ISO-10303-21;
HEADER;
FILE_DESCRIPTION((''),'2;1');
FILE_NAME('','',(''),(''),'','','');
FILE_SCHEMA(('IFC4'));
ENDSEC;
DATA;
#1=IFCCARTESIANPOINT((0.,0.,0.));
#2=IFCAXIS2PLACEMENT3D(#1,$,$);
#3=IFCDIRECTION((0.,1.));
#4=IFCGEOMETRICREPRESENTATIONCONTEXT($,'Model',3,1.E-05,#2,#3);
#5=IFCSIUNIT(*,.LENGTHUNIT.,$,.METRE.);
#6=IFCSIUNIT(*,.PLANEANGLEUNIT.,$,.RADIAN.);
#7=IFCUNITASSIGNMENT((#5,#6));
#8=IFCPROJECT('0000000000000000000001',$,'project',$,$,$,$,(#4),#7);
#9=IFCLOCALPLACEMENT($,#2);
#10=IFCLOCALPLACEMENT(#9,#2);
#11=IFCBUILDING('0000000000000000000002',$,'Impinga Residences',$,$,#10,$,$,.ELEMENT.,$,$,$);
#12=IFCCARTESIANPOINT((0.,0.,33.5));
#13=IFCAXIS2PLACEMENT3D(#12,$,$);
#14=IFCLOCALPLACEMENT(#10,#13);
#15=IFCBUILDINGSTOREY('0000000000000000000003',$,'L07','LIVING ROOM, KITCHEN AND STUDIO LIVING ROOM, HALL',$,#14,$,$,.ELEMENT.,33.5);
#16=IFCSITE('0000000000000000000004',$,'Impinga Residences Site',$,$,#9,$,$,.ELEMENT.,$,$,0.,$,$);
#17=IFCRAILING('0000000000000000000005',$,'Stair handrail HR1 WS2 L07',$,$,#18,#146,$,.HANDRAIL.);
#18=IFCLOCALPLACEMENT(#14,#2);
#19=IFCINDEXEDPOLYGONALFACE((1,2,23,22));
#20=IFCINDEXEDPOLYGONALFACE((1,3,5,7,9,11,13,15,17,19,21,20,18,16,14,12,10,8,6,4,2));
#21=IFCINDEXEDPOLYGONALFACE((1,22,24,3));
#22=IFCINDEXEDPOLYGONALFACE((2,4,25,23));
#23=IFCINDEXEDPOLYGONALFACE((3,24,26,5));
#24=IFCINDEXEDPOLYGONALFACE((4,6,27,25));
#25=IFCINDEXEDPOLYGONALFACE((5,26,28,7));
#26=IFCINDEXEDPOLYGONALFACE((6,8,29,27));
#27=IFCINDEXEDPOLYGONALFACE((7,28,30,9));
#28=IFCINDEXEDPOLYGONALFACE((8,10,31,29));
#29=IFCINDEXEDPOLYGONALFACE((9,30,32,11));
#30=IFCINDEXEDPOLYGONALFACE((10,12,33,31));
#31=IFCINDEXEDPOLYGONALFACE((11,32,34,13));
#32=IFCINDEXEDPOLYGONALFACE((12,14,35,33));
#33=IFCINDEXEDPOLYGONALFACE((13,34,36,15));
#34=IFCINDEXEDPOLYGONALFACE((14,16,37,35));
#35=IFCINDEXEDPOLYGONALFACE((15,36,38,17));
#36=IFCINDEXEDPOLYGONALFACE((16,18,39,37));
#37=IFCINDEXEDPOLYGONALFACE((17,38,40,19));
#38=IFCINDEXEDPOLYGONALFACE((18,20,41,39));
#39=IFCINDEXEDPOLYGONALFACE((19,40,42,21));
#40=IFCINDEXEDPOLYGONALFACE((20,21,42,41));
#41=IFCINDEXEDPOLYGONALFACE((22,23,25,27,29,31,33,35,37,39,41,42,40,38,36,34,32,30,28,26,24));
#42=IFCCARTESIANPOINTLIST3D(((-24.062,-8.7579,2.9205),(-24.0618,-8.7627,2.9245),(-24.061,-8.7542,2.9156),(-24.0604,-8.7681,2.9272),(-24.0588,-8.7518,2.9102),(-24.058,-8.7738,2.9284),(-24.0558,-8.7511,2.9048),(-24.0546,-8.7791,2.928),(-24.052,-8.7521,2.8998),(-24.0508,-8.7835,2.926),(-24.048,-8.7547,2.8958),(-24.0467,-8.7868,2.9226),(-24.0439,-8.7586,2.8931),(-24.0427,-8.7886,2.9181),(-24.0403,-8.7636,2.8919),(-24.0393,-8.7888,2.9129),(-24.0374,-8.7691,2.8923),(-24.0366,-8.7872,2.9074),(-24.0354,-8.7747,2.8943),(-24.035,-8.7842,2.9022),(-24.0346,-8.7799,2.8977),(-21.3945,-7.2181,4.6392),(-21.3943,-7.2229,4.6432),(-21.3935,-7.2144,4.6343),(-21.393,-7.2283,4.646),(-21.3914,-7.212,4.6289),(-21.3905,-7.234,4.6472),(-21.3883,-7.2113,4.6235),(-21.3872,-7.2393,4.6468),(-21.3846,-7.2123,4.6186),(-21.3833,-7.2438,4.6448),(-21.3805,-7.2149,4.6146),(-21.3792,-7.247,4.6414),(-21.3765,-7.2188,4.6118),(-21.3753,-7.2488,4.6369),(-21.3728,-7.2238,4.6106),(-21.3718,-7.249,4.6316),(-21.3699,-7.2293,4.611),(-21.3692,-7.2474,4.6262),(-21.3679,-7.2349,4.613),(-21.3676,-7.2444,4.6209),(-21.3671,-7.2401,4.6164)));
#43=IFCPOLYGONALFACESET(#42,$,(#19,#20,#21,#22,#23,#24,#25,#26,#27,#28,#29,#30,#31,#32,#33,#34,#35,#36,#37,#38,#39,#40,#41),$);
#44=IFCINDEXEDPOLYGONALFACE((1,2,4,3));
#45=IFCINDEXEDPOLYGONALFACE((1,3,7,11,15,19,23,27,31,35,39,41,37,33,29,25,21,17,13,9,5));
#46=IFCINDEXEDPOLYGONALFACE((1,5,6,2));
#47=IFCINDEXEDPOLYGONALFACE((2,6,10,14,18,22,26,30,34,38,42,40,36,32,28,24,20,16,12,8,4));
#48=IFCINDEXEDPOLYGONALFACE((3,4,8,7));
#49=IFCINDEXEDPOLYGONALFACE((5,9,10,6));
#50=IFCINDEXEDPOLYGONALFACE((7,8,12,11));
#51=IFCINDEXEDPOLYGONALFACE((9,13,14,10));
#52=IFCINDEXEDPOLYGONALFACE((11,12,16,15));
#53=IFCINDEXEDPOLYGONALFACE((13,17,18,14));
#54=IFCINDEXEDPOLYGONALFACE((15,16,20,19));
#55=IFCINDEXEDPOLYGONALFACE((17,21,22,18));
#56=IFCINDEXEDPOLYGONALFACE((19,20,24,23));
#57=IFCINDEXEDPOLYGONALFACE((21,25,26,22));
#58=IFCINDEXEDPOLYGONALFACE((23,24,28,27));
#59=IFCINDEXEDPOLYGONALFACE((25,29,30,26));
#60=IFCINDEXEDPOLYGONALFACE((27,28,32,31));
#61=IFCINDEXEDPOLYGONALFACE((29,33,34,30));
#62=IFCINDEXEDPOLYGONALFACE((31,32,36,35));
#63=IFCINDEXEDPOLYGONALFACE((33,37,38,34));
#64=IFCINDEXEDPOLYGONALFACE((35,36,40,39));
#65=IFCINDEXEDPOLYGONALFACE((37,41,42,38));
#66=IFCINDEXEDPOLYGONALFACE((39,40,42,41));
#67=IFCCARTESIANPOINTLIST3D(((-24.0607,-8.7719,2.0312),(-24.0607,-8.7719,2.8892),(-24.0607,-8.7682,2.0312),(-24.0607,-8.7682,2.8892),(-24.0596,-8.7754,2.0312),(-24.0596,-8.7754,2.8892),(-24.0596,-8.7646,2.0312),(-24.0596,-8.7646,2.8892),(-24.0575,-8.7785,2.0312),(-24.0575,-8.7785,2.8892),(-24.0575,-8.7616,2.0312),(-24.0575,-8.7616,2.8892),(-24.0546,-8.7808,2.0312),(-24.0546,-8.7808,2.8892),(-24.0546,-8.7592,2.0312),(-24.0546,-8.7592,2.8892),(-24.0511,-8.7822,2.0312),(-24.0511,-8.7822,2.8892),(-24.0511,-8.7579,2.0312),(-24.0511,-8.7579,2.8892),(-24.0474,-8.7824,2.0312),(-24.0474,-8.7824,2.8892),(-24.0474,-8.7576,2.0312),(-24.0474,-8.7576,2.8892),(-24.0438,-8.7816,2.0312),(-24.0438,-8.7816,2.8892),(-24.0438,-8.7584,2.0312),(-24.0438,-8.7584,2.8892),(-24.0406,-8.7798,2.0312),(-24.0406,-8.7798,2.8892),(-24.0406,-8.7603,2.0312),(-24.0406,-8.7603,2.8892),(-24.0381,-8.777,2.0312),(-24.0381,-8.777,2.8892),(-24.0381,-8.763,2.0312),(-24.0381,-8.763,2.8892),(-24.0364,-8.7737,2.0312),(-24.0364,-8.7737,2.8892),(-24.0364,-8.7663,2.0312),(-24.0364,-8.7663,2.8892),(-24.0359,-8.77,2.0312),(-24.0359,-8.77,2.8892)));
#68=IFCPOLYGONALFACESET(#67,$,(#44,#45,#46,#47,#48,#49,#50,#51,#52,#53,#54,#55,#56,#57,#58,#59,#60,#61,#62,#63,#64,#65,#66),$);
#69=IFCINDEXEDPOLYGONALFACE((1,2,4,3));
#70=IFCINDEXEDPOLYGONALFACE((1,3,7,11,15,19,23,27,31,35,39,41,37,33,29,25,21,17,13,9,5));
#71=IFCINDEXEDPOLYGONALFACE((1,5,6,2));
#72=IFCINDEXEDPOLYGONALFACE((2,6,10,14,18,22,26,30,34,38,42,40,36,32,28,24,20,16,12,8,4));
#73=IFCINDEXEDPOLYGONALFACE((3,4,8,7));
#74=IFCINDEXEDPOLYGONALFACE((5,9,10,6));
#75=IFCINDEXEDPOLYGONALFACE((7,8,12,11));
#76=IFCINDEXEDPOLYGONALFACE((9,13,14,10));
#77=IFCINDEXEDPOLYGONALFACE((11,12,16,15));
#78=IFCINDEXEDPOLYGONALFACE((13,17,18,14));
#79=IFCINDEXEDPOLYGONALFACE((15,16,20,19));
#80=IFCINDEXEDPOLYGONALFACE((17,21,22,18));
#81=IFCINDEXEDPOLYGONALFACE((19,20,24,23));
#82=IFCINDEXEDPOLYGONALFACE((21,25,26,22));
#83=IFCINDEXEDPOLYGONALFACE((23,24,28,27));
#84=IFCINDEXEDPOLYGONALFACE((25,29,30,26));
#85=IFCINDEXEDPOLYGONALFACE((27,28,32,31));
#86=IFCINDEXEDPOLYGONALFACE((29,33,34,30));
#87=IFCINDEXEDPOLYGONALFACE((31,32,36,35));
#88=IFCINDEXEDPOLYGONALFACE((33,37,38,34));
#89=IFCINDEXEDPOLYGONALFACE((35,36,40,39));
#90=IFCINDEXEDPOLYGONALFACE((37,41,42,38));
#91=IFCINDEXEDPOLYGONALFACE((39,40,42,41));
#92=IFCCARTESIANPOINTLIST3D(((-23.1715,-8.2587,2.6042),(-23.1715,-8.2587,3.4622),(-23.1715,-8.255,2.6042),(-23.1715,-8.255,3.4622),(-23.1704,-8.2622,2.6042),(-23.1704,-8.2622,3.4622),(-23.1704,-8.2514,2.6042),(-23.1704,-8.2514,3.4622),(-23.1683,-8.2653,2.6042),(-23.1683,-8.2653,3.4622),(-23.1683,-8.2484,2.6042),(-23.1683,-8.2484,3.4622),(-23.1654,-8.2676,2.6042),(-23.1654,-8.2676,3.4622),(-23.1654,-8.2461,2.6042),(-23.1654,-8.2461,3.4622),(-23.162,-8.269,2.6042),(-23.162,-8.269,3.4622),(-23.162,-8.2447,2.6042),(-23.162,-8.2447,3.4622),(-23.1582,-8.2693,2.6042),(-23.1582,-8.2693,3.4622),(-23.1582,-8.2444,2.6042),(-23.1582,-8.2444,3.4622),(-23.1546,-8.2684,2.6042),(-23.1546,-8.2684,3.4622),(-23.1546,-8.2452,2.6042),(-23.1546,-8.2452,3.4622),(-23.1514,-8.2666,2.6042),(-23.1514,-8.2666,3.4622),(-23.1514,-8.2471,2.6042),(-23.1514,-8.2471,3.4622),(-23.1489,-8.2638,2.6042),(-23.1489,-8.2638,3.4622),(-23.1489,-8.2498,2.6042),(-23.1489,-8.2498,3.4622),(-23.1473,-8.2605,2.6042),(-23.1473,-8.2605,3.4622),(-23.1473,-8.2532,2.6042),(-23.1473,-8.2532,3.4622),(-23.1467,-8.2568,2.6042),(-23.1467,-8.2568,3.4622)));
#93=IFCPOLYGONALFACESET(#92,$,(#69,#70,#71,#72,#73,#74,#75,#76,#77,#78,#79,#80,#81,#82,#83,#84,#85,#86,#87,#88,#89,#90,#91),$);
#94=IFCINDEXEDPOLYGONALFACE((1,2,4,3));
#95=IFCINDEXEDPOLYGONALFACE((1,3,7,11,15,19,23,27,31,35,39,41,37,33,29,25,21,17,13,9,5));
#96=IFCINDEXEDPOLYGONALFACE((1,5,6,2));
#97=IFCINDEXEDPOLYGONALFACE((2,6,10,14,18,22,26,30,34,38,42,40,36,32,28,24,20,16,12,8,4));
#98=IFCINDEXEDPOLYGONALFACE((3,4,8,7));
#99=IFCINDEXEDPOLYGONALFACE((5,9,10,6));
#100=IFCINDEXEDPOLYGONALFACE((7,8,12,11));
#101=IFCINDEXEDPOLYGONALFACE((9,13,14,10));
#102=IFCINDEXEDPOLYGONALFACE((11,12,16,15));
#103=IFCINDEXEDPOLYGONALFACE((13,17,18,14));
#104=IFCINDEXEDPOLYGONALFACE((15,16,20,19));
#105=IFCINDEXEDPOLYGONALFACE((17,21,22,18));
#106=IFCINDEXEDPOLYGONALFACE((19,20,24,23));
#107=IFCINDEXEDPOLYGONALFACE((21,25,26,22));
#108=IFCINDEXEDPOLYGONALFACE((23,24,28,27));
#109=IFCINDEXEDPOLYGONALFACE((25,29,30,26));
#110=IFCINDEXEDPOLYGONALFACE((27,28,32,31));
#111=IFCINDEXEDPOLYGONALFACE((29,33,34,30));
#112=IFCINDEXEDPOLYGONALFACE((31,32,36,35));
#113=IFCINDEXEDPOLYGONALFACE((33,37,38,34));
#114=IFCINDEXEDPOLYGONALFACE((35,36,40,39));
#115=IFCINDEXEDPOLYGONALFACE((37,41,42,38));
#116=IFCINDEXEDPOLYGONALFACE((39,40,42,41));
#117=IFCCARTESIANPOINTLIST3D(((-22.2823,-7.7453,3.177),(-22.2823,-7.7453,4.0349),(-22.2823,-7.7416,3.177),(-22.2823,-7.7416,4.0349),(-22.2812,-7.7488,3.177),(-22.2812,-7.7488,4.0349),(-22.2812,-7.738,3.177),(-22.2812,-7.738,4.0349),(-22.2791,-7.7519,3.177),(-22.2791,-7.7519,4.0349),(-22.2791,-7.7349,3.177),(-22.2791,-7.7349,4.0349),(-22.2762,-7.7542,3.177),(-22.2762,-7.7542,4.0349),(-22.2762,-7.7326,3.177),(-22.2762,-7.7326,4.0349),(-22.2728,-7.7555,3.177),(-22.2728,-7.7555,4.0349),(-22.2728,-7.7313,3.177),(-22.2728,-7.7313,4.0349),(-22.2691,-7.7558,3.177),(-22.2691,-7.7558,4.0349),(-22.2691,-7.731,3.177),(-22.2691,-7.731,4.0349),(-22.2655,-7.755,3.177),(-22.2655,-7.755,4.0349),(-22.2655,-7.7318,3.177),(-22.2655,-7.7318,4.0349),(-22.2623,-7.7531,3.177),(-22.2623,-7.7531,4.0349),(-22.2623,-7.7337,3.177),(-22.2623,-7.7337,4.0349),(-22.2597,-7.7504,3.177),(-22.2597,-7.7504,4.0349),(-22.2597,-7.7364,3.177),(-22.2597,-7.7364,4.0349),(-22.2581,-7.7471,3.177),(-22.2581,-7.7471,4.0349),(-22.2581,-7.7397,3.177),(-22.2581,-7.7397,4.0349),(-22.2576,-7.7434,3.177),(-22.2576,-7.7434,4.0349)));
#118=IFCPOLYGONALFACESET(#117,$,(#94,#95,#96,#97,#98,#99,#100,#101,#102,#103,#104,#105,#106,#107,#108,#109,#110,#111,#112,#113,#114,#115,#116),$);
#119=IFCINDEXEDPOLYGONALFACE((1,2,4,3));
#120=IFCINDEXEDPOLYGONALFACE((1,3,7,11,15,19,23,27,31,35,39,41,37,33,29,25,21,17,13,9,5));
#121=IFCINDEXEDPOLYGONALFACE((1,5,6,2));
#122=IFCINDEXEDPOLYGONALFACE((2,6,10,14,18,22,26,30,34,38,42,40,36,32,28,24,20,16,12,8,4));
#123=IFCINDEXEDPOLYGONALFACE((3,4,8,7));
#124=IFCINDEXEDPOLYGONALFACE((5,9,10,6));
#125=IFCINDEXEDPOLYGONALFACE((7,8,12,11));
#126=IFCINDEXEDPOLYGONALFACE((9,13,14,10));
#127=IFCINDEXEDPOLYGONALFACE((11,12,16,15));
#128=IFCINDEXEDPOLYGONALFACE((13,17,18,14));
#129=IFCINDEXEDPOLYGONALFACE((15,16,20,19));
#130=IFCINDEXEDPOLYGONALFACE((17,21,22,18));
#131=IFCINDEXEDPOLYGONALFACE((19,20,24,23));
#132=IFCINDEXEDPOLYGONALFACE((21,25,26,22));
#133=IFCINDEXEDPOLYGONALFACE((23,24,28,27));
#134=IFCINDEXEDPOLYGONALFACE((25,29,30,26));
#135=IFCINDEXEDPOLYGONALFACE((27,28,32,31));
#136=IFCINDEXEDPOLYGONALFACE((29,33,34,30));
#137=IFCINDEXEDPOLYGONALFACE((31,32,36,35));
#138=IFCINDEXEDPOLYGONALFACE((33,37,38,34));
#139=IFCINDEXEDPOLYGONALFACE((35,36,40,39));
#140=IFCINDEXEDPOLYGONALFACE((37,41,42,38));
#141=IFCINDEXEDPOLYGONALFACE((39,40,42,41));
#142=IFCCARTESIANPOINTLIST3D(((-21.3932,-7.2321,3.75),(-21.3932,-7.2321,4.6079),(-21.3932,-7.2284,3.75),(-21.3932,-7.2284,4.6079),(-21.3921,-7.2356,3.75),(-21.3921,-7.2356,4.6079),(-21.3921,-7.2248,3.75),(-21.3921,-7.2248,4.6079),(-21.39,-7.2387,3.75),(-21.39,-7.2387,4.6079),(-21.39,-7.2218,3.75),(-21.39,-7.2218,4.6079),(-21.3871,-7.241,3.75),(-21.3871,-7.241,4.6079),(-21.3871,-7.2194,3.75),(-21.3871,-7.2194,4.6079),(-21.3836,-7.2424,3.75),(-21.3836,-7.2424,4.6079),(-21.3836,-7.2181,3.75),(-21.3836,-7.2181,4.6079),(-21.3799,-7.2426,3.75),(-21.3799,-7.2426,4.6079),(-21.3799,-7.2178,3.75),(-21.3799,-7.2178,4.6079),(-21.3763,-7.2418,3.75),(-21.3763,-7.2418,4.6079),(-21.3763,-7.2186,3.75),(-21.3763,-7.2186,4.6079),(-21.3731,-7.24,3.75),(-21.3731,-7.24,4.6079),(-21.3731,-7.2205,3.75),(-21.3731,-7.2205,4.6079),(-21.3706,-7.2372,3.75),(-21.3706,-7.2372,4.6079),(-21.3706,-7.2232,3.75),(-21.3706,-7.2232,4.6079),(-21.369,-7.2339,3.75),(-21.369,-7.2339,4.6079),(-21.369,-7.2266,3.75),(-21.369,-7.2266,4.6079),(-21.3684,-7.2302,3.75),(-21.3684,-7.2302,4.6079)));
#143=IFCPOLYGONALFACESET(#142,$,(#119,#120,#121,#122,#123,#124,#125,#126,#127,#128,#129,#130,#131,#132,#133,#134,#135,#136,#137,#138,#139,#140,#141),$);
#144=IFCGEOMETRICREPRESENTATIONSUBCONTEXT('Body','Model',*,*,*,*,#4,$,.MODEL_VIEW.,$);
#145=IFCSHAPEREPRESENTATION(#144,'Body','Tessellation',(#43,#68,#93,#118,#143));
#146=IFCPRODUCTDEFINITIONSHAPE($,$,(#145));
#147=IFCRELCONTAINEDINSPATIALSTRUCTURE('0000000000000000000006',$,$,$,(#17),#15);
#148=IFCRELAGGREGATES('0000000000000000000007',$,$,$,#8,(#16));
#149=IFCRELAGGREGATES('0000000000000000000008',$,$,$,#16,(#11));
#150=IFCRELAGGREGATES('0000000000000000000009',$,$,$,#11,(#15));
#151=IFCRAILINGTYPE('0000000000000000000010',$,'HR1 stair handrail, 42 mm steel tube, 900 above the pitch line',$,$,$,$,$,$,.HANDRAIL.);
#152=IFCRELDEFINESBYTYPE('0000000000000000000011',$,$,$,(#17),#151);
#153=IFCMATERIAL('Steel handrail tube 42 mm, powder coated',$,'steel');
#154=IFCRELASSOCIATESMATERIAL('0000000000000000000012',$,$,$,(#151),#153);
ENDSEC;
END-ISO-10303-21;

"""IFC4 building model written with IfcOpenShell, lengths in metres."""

from ifc_helpers import new_model, si_unit, direction, frame, origin, origin_2d, place, context, subcontext, project, spatial, circle, extrude, material, type_object, element, save


model = new_model("IFC4")

# Units and contexts
model_context = context("Model", 3, precision=1e-05, world=origin(), true_north=direction((0.0, 1.0)))
body_context = subcontext(model_context, "Body", "Model", "MODEL_VIEW")
ifc_project = project(units=[si_unit("LENGTHUNIT", "METRE"), si_unit("PLANEANGLEUNIT", "RADIAN")], contexts=[model_context])

# Site, building, storey
site_placement = place(None, origin())
site = spatial("IfcSite", under=ifc_project, at=site_placement, Name="Impinga Residences Site", CompositionType="ELEMENT", RefElevation=0.0)
building_placement = place(site_placement, origin())
building = spatial("IfcBuilding", under=site, at=building_placement, Name="Impinga Residences", CompositionType="ELEMENT")
storey_placement = place(building_placement, frame((0.0, 0.0, 33.5)))
storey = spatial("IfcBuildingStorey", under=building, at=storey_placement, Name="L07", Description="LIVING ROOM, KITCHEN AND STUDIO LIVING ROOM, HALL", CompositionType="ELEMENT", Elevation=33.5)

# Railing
ifc_material_1 = material(Name="Steel handrail tube 42 mm, powder coated", Category="steel")
railing_type_1 = type_object("IfcRailingType", Name="HR1 stair handrail, 42 mm steel tube, 900 above the pitch line", PredefinedType="HANDRAIL", material=ifc_material_1)
railing_1_placement = place(storey_placement, frame((-24.0483, -8.77, 2.0312)))
element("IfcRailing", 1, at=railing_1_placement, inside=storey, type_object=railing_type_1, Name="Stair handrail HR1 WS2 L07", PredefinedType="HANDRAIL", context=body_context, shape_type="SweptSolid", body=[
    extrude(circle(Radius=0.021, at=origin_2d()), frame((0.0, 0.0, 0.8789), z_axis=(0.756279, 0.43656, 0.487297), x_axis=(-0.499933, 0.866064, 0.0)), (0.0, 0.0, 1.0), 3.5271),
    extrude(circle(Radius=0.0125, at=origin_2d()), origin(), (0.0, 0.0, 1.0), 0.8579),
    extrude(circle(Radius=0.0125, at=origin_2d()), frame((0.8892, 0.5132, 0.573)), (0.0, 0.0, 1.0), 0.8579),
    extrude(circle(Radius=0.0125, at=origin_2d()), frame((1.7783, 1.0266, 1.1458)), (0.0, 0.0, 1.0), 0.8579),
    extrude(circle(Radius=0.0125, at=origin_2d()), frame((2.6675, 1.5398, 1.7188)), (0.0, 0.0, 1.0), 0.8579),
])

save(model, "model.ifc")
